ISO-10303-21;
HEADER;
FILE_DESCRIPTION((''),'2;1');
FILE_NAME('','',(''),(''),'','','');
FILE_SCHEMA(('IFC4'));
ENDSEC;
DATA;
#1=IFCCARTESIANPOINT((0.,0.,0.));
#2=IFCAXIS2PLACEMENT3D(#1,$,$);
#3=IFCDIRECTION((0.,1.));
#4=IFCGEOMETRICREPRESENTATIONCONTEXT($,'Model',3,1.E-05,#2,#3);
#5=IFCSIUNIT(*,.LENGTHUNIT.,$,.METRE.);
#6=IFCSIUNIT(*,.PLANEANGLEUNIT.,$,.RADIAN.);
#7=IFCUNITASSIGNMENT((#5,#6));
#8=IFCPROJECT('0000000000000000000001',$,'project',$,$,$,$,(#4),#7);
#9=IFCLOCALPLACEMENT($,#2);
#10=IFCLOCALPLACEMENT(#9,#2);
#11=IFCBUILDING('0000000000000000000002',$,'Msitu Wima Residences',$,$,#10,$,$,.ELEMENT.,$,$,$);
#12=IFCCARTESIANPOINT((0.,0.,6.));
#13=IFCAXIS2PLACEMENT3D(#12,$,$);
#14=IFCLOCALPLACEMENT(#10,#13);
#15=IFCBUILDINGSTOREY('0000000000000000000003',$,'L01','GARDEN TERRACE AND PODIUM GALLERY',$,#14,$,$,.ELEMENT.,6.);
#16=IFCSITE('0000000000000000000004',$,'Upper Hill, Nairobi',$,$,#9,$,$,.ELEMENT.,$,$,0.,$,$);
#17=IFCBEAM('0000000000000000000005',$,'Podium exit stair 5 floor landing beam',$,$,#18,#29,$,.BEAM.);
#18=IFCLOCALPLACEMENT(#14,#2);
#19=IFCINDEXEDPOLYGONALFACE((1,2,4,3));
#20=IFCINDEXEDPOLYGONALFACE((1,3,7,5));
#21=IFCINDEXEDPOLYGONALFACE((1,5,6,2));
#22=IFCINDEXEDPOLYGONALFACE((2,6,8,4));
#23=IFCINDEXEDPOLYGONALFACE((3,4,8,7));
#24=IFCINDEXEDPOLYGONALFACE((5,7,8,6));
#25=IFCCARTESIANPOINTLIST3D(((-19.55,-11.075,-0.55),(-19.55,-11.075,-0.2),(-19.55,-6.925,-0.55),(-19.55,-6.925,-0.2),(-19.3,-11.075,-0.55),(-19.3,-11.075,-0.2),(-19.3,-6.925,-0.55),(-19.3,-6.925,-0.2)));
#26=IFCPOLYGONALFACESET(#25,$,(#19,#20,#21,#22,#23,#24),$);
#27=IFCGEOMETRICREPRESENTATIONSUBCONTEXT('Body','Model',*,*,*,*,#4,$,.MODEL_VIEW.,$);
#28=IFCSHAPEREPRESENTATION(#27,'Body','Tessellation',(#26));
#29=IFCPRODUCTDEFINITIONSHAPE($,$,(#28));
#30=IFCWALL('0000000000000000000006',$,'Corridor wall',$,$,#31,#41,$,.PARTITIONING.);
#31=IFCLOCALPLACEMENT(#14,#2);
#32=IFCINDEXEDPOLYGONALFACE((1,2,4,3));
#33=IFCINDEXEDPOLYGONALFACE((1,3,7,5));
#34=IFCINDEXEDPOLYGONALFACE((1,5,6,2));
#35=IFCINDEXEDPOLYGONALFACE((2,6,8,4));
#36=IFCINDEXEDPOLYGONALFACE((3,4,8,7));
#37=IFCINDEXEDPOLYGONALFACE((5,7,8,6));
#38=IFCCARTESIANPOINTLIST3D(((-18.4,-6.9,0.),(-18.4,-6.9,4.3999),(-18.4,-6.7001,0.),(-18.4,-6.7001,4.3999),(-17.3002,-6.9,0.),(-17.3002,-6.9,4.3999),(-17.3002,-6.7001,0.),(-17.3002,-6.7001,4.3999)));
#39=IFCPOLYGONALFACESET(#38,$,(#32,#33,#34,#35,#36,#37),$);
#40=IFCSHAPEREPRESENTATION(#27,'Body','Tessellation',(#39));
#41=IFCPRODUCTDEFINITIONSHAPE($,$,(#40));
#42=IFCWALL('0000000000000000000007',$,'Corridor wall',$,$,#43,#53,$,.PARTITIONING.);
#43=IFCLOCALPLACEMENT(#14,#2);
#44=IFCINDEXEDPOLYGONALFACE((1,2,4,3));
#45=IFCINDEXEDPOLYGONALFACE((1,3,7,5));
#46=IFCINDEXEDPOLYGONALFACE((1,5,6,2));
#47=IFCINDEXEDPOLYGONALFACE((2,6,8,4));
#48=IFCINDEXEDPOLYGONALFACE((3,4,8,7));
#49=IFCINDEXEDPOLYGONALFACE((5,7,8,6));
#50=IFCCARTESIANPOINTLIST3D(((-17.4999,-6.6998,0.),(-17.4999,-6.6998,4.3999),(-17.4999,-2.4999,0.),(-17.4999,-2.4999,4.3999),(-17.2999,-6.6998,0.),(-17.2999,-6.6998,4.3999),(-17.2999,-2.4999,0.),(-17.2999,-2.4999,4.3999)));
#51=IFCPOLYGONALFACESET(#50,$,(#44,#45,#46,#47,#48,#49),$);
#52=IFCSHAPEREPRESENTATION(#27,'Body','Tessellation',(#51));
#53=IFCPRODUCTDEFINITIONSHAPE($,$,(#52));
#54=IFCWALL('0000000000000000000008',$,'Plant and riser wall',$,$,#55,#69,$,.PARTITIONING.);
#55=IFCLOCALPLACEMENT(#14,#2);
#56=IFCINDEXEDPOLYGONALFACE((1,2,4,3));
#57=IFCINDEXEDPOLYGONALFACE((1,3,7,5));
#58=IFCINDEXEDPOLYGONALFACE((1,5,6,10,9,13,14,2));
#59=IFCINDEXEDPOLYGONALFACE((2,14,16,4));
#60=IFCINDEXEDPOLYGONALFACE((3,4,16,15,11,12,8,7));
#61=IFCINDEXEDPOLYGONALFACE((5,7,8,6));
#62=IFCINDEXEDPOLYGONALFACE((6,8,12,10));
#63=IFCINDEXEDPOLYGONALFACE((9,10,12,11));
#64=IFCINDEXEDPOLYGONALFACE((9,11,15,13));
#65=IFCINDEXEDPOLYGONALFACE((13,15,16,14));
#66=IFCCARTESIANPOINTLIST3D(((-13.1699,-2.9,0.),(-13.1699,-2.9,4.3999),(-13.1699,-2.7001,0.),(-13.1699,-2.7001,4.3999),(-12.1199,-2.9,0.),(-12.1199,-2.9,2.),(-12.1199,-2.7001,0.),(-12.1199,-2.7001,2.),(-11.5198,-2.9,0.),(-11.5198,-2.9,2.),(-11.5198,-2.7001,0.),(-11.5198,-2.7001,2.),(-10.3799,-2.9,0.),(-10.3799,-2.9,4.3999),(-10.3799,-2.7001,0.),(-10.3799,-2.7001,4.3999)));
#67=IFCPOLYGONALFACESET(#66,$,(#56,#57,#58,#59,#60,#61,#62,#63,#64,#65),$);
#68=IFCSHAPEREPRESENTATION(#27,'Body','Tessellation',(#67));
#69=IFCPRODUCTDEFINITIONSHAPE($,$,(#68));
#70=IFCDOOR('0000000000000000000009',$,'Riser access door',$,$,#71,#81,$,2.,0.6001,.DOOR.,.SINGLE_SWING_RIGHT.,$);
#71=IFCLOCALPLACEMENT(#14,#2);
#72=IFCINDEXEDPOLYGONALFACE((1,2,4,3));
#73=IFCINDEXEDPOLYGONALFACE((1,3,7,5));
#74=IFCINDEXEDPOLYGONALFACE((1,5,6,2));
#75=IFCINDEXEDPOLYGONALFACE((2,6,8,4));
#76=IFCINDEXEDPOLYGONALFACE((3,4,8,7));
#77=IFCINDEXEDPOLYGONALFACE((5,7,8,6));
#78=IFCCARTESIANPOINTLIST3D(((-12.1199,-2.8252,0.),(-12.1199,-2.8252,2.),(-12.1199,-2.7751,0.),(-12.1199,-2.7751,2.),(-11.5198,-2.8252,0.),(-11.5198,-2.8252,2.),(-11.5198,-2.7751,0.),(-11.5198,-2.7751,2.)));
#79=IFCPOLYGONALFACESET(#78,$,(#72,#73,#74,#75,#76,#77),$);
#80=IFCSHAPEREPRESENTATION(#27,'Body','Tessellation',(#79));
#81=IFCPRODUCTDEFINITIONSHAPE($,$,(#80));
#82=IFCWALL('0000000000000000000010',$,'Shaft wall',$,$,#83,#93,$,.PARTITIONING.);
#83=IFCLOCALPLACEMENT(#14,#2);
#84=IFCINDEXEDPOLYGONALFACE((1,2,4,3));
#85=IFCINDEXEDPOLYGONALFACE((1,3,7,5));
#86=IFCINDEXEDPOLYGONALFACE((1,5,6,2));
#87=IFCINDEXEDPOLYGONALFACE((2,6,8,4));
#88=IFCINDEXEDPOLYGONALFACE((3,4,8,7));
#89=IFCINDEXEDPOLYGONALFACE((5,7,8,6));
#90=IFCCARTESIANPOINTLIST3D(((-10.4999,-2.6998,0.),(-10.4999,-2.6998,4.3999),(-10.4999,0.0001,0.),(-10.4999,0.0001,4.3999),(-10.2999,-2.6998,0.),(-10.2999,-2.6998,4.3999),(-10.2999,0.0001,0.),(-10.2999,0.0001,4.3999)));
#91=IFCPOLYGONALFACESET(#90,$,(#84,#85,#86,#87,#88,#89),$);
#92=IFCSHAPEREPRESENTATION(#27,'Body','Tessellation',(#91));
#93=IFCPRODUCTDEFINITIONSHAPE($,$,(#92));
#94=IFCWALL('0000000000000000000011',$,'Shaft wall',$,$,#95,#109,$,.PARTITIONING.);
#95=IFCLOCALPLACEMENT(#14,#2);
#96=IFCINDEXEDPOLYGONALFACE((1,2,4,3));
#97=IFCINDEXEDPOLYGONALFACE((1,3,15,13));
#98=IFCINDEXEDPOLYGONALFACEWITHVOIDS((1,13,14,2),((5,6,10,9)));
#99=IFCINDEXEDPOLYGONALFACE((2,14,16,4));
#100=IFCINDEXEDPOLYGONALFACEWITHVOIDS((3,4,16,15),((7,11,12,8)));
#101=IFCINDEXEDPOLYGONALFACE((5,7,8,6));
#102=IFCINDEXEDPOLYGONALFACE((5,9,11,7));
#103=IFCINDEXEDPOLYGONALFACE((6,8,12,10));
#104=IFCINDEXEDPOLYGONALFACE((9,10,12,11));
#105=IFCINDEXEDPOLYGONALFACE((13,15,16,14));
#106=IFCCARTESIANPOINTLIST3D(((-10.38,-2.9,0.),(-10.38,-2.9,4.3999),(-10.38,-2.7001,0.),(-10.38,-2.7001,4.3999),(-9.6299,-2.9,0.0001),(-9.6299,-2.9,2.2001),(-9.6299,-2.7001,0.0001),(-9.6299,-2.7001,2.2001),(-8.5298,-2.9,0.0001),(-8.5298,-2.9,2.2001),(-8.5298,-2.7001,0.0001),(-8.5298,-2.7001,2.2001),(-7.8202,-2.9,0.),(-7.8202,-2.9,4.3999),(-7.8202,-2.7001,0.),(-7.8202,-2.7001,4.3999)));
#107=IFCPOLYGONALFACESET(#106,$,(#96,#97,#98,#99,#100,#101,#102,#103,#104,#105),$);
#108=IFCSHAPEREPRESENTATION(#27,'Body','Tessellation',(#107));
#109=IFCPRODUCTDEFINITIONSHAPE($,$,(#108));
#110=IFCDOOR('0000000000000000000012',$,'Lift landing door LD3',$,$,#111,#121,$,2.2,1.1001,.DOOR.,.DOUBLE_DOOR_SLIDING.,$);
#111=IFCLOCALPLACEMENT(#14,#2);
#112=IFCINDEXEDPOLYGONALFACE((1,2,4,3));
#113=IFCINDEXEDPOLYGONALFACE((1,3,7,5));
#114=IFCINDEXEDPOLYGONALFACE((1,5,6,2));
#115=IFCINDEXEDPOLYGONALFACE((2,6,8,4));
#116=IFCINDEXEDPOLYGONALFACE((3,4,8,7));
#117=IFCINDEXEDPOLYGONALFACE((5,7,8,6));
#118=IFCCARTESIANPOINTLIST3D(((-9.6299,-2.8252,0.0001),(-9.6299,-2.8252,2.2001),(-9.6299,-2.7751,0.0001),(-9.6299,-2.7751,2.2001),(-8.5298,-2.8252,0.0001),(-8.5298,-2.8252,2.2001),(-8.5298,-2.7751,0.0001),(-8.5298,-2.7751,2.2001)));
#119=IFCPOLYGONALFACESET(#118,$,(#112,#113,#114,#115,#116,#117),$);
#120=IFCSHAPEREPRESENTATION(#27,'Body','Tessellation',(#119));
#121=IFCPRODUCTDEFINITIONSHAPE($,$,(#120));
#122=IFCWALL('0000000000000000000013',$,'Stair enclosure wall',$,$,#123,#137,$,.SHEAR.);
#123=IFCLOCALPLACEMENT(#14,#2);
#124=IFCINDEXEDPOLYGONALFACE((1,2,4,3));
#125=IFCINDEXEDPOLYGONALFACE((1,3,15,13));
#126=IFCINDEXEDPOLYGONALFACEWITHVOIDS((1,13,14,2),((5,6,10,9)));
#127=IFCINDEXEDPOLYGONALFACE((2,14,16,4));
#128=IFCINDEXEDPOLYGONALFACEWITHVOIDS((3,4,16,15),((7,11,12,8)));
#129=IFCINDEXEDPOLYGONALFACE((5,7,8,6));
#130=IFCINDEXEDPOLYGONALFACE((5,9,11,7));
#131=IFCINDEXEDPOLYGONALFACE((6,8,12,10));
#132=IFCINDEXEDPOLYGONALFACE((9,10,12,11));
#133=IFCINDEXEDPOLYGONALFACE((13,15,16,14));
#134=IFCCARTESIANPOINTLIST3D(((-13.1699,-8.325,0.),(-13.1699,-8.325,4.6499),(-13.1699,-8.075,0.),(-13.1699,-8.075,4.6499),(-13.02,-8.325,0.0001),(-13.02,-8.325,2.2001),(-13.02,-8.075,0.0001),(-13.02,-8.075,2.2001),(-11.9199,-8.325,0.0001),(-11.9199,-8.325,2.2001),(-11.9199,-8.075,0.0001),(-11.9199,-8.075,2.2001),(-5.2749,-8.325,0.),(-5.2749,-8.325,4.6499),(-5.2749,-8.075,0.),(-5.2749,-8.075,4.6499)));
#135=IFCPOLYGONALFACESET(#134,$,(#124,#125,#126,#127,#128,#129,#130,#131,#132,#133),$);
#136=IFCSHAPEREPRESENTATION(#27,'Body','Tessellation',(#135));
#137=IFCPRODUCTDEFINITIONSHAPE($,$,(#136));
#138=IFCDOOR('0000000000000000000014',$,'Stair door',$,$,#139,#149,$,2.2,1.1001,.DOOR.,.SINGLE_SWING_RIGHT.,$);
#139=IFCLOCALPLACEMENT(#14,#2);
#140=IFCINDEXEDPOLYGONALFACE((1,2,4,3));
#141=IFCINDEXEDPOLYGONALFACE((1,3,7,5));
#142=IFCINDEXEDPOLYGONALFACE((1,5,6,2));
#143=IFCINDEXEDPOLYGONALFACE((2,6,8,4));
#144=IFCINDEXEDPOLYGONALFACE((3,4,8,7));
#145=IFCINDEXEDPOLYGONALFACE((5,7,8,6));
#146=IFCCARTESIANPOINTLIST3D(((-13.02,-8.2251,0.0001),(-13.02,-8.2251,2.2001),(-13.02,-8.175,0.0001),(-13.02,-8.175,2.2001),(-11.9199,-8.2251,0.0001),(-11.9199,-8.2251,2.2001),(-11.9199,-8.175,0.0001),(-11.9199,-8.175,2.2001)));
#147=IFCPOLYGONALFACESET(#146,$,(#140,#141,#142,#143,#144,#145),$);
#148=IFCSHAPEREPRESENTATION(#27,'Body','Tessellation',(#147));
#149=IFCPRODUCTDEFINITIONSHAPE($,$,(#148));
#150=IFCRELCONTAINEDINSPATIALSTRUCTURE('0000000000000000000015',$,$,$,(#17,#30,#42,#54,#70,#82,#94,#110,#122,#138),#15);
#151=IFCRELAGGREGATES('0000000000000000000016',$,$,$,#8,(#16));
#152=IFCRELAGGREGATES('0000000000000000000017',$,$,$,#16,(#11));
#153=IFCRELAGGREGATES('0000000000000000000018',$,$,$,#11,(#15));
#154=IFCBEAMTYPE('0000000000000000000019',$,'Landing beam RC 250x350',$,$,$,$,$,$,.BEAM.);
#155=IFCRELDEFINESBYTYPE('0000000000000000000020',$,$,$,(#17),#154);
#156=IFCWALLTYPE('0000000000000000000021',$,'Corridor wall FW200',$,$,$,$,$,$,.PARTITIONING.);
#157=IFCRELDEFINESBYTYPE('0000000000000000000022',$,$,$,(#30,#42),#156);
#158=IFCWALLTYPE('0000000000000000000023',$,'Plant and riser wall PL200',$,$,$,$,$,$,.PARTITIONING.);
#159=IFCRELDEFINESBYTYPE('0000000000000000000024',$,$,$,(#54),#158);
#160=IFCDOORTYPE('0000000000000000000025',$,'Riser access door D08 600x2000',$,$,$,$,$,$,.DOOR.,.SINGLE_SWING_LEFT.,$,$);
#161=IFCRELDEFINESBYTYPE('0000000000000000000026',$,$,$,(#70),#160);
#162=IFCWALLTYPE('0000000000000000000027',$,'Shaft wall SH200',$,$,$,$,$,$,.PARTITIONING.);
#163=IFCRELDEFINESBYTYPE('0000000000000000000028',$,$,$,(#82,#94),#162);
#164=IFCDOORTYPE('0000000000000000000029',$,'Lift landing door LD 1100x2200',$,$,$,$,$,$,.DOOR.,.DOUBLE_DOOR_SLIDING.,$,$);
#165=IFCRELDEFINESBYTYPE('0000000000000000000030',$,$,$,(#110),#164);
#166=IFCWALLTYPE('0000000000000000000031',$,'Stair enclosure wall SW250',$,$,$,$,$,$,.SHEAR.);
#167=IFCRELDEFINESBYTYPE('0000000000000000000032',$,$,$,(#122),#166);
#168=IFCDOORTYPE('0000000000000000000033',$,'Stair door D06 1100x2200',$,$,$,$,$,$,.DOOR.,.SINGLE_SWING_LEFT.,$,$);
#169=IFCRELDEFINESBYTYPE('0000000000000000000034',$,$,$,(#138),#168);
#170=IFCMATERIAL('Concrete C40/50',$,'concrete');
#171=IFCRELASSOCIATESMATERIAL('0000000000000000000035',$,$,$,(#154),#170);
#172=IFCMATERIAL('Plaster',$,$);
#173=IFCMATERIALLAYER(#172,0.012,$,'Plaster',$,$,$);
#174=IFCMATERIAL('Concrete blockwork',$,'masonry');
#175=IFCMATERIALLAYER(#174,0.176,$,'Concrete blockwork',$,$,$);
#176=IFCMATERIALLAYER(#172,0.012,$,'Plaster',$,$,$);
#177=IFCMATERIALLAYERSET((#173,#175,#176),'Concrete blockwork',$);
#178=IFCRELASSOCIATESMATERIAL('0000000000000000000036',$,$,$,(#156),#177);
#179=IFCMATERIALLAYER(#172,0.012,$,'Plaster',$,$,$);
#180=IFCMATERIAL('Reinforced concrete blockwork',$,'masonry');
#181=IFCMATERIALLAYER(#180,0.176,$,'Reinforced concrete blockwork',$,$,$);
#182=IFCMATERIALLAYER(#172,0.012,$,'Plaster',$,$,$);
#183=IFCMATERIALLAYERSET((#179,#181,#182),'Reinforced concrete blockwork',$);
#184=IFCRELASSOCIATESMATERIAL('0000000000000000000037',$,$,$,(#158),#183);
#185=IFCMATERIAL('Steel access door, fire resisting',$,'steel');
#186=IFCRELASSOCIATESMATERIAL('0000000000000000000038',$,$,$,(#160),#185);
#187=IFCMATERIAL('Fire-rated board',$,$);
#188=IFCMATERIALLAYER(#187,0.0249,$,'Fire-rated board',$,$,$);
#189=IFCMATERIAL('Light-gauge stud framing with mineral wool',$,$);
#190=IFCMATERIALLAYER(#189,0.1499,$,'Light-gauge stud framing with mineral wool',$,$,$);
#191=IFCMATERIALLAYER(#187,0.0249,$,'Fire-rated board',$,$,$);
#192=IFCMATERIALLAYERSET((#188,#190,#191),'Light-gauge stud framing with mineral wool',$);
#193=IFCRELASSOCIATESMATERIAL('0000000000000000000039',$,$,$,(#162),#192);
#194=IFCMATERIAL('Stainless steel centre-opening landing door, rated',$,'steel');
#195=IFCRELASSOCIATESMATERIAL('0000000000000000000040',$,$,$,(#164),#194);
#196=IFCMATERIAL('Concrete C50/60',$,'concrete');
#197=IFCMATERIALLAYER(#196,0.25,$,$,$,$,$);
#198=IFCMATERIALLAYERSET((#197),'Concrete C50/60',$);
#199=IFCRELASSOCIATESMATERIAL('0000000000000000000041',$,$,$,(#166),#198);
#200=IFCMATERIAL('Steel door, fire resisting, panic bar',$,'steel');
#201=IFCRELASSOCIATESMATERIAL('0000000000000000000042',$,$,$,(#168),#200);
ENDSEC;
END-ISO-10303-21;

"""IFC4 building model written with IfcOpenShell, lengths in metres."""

from ifc_helpers import new_model, si_unit, direction, frame, frame_2d, origin, origin_2d, place, context, subcontext, project, spatial, rectangle, extrude, material, layer, layer_set, material_profile, profile_set, type_object, element, fill, save


model = new_model("IFC4")

# Units and contexts
model_context = context("Model", 3, precision=1e-05, world=origin(), true_north=direction((0.0, 1.0)))
body_context = subcontext(model_context, "Body", "Model", "MODEL_VIEW")
ifc_project = project(units=[si_unit("LENGTHUNIT", "METRE"), si_unit("PLANEANGLEUNIT", "RADIAN")], contexts=[model_context])

# Site, building, storey
site_placement = place(None, origin())
site = spatial("IfcSite", under=ifc_project, at=site_placement, Name="Upper Hill, Nairobi", CompositionType="ELEMENT", RefElevation=0.0)
building_placement = place(site_placement, origin())
building = spatial("IfcBuilding", under=site, at=building_placement, Name="Msitu Wima Residences", CompositionType="ELEMENT")
storey_placement = place(building_placement, frame((0.0, 0.0, 6.0)))
storey = spatial("IfcBuildingStorey", under=building, at=storey_placement, Name="L01", Description="GARDEN TERRACE AND PODIUM GALLERY", CompositionType="ELEMENT", Elevation=6.0)

# Beam
ifc_material_1 = material(Name="Concrete C40/50", Category="concrete")
ifc_material_profile = material_profile(ifc_material_1, rectangle(XDim=0.25, YDim=0.3501, at=origin_2d()), Name="RC 250x350")
ifc_profile_set = profile_set([ifc_material_profile], Name="Concrete C40/50")
beam_type = type_object("IfcBeamType", Name="Landing beam RC 250x350", PredefinedType="BEAM", material=ifc_profile_set)
beam_placement = place(storey_placement, frame((-19.425, -6.925, -0.375), z_axis=(0.0, -1.0, 0.0), x_axis=(1.0, 0.0, 0.0)))
element("IfcBeam", 1, at=beam_placement, inside=storey, type_object=beam_type, Name="Podium exit stair 5 floor landing beam", PredefinedType="BEAM", context=body_context, shape_type="SweptSolid", body=[
    extrude(rectangle(XDim=0.25, YDim=0.3501, at=origin_2d()), origin(), (0.0, 0.0, 1.0), 4.1499),
])

# Walls
ifc_material_2 = material(Name="Plaster")
ifc_layer_1 = layer(ifc_material_2, 0.012, Name="Plaster")
ifc_material_3 = material(Name="Concrete blockwork", Category="masonry")
ifc_layer_2 = layer(ifc_material_3, 0.176, Name="Concrete blockwork")
ifc_layer_3 = layer(ifc_material_2, 0.012, Name="Plaster")
ifc_layer_set_1 = layer_set([ifc_layer_1, ifc_layer_2, ifc_layer_3], Name="Concrete blockwork")
wall_type_1 = type_object("IfcWallType", Name="Corridor wall FW200", PredefinedType="PARTITIONING", material=ifc_layer_set_1)
wall_1_placement = place(storey_placement, frame((-18.3999, -6.8, 0.0), z_axis=(0.0, 0.0, 1.0), x_axis=(1.0, 0.0, 0.0)))
element("IfcWall", 2, at=wall_1_placement, inside=storey, type_object=wall_type_1, Name="Corridor wall", PredefinedType="PARTITIONING", context=body_context, shape_type="SweptSolid", body=[
    extrude(rectangle(XDim=1.0999, YDim=0.2, at=frame_2d((0.5498, 0.0))), origin(), (0.0, 0.0, 1.0), 4.3999),
])
wall_2_placement = place(storey_placement, frame((-17.3999, -6.7, 0.0), z_axis=(0.0, 0.0, 1.0), x_axis=(0.0, 1.0, 0.0)))
element("IfcWall", 3, at=wall_2_placement, inside=storey, type_object=wall_type_1, Name="Corridor wall", PredefinedType="PARTITIONING", context=body_context, shape_type="SweptSolid", body=[
    extrude(rectangle(XDim=4.2, YDim=0.2, at=frame_2d((2.1001, 0.0))), origin(), (0.0, 0.0, 1.0), 4.3999),
])

# Wall, opening, door
ifc_layer_4 = layer(ifc_material_2, 0.012, Name="Plaster")
ifc_material_4 = material(Name="Reinforced concrete blockwork", Category="masonry")
ifc_layer_5 = layer(ifc_material_4, 0.176, Name="Reinforced concrete blockwork")
ifc_layer_6 = layer(ifc_material_2, 0.012, Name="Plaster")
ifc_layer_set_2 = layer_set([ifc_layer_4, ifc_layer_5, ifc_layer_6], Name="Reinforced concrete blockwork")
wall_type_2 = type_object("IfcWallType", Name="Plant and riser wall PL200", PredefinedType="PARTITIONING", material=ifc_layer_set_2)
wall_3_placement = place(storey_placement, frame((-13.1699, -2.8, 0.0), z_axis=(0.0, 0.0, 1.0), x_axis=(1.0, 0.0, 0.0)))
wall_3 = element("IfcWall", 4, at=wall_3_placement, inside=storey, type_object=wall_type_2, Name="Plant and riser wall", PredefinedType="PARTITIONING", context=body_context, shape_type="SweptSolid", body=[
    extrude(rectangle(XDim=2.79, YDim=0.2, at=frame_2d((1.395, 0.0))), origin(), (0.0, 0.0, 1.0), 4.3999),
])
opening_1_placement = place(wall_3_placement, frame((1.05, 0.0, 0.0)))
opening_1 = element("IfcOpeningElement", 5, at=opening_1_placement, cuts=wall_3, PredefinedType="OPENING", context=body_context, shape_type="SweptSolid", body=[
    extrude(rectangle(XDim=0.6001, YDim=2.0, at=frame_2d((0.3, 1.0))), frame((0.0, 0.1099, 0.0), z_axis=(0.0, -1.0, 0.0), x_axis=(1.0, 0.0, 0.0)), (0.0, 0.0, 1.0), 0.22),
])
ifc_material_5 = material(Name="Steel access door, fire resisting", Category="steel")
door_type_1 = type_object("IfcDoorType", Name="Riser access door D08 600x2000", OperationType="SINGLE_SWING_LEFT", PredefinedType="DOOR", material=ifc_material_5)
door_1_placement = place(opening_1_placement, origin())
door_1 = element("IfcDoor", 6, at=door_1_placement, inside=storey, type_object=door_type_1, Name="Riser access door", OperationType="SINGLE_SWING_RIGHT", OverallHeight=2.0, OverallWidth=0.6001, PredefinedType="DOOR", context=body_context, shape_type="SweptSolid", body=[
    extrude(rectangle(XDim=0.6001, YDim=2.0, at=frame_2d((0.3, 1.0))), frame((0.0, 0.0249, 0.0), z_axis=(0.0, -1.0, 0.0), x_axis=(1.0, 0.0, 0.0)), (0.0, 0.0, 1.0), 0.05),
])
fill(opening_1, door_1)

# Wall
ifc_material_6 = material(Name="Fire-rated board")
ifc_layer_7 = layer(ifc_material_6, 0.0249, Name="Fire-rated board")
ifc_material_7 = material(Name="Light-gauge stud framing with mineral wool")
ifc_layer_8 = layer(ifc_material_7, 0.1499, Name="Light-gauge stud framing with mineral wool")
ifc_layer_9 = layer(ifc_material_6, 0.0249, Name="Fire-rated board")
ifc_layer_set_3 = layer_set([ifc_layer_7, ifc_layer_8, ifc_layer_9], Name="Light-gauge stud framing with mineral wool")
wall_type_3 = type_object("IfcWallType", Name="Shaft wall SH200", PredefinedType="PARTITIONING", material=ifc_layer_set_3)
wall_4_placement = place(storey_placement, frame((-10.3999, -2.7, 0.0), z_axis=(0.0, 0.0, 1.0), x_axis=(0.0, 1.0, 0.0)))
element("IfcWall", 7, at=wall_4_placement, inside=storey, type_object=wall_type_3, Name="Shaft wall", PredefinedType="PARTITIONING", context=body_context, shape_type="SweptSolid", body=[
    extrude(rectangle(XDim=2.7, YDim=0.2, at=frame_2d((1.3501, 0.0))), origin(), (0.0, 0.0, 1.0), 4.3999),
])

# Walls, openings, doors
wall_5_placement = place(storey_placement, frame((-10.3799, -2.8, 0.0), z_axis=(0.0, 0.0, 1.0), x_axis=(1.0, 0.0, 0.0)))
wall_5 = element("IfcWall", 8, at=wall_5_placement, inside=storey, type_object=wall_type_3, Name="Shaft wall", PredefinedType="PARTITIONING", context=body_context, shape_type="SweptSolid", body=[
    extrude(rectangle(XDim=2.5598, YDim=0.2, at=frame_2d((1.2798, 0.0))), origin(), (0.0, 0.0, 1.0), 4.3999),
])
opening_2_placement = place(wall_5_placement, frame((0.75, 0.0, 0.0)))
opening_2 = element("IfcOpeningElement", 9, at=opening_2_placement, cuts=wall_5, PredefinedType="OPENING", context=body_context, shape_type="SweptSolid", body=[
    extrude(rectangle(XDim=1.1001, YDim=2.2, at=frame_2d((0.55, 1.1001))), frame((0.0, 0.1099, 0.0), z_axis=(0.0, -1.0, 0.0), x_axis=(1.0, 0.0, 0.0)), (0.0, 0.0, 1.0), 0.22),
])
ifc_material_8 = material(Name="Stainless steel centre-opening landing door, rated", Category="steel")
door_type_2 = type_object("IfcDoorType", Name="Lift landing door LD 1100x2200", OperationType="DOUBLE_DOOR_SLIDING", PredefinedType="DOOR", material=ifc_material_8)
door_2_placement = place(opening_2_placement, origin())
door_2 = element("IfcDoor", 10, at=door_2_placement, inside=storey, type_object=door_type_2, Name="Lift landing door LD3", OperationType="DOUBLE_DOOR_SLIDING", OverallHeight=2.2, OverallWidth=1.1001, PredefinedType="DOOR", context=body_context, shape_type="SweptSolid", body=[
    extrude(rectangle(XDim=1.1001, YDim=2.2, at=frame_2d((0.55, 1.1001))), frame((0.0, 0.0249, 0.0), z_axis=(0.0, -1.0, 0.0), x_axis=(1.0, 0.0, 0.0)), (0.0, 0.0, 1.0), 0.05),
])
fill(opening_2, door_2)
ifc_material_9 = material(Name="Concrete C50/60", Category="concrete")
ifc_layer_10 = layer(ifc_material_9, 0.25)
ifc_layer_set_4 = layer_set([ifc_layer_10], Name="Concrete C50/60")
wall_type_4 = type_object("IfcWallType", Name="Stair enclosure wall SW250", PredefinedType="SHEAR", material=ifc_layer_set_4)
wall_6_placement = place(storey_placement, frame((-13.1699, -8.2, 0.0), z_axis=(0.0, 0.0, 1.0), x_axis=(1.0, 0.0, 0.0)))
wall_6 = element("IfcWall", 11, at=wall_6_placement, inside=storey, type_object=wall_type_4, Name="Stair enclosure wall", PredefinedType="SHEAR", context=body_context, shape_type="SweptSolid", body=[
    extrude(rectangle(XDim=7.895, YDim=0.25, at=frame_2d((3.9475, 0.0))), origin(), (0.0, 0.0, 1.0), 4.6499),
])
opening_3_placement = place(wall_6_placement, frame((0.1499, 0.0, 0.0)))
opening_3 = element("IfcOpeningElement", 12, at=opening_3_placement, cuts=wall_6, PredefinedType="OPENING", context=body_context, shape_type="SweptSolid", body=[
    extrude(rectangle(XDim=1.1001, YDim=2.2, at=frame_2d((0.55, 1.1001))), frame((0.0, 0.135, 0.0), z_axis=(0.0, -1.0, 0.0), x_axis=(1.0, 0.0, 0.0)), (0.0, 0.0, 1.0), 0.27),
])
ifc_material_10 = material(Name="Steel door, fire resisting, panic bar", Category="steel")
door_type_3 = type_object("IfcDoorType", Name="Stair door D06 1100x2200", OperationType="SINGLE_SWING_LEFT", PredefinedType="DOOR", material=ifc_material_10)
door_3_placement = place(opening_3_placement, origin())
door_3 = element("IfcDoor", 13, at=door_3_placement, inside=storey, type_object=door_type_3, Name="Stair door", OperationType="SINGLE_SWING_RIGHT", OverallHeight=2.2, OverallWidth=1.1001, PredefinedType="DOOR", context=body_context, shape_type="SweptSolid", body=[
    extrude(rectangle(XDim=1.1001, YDim=2.2, at=frame_2d((0.55, 1.1001))), frame((0.0, 0.0249, 0.0), z_axis=(0.0, -1.0, 0.0), x_axis=(1.0, 0.0, 0.0)), (0.0, 0.0, 1.0), 0.05),
])
fill(opening_3, door_3)

save(model, "model.ifc")
